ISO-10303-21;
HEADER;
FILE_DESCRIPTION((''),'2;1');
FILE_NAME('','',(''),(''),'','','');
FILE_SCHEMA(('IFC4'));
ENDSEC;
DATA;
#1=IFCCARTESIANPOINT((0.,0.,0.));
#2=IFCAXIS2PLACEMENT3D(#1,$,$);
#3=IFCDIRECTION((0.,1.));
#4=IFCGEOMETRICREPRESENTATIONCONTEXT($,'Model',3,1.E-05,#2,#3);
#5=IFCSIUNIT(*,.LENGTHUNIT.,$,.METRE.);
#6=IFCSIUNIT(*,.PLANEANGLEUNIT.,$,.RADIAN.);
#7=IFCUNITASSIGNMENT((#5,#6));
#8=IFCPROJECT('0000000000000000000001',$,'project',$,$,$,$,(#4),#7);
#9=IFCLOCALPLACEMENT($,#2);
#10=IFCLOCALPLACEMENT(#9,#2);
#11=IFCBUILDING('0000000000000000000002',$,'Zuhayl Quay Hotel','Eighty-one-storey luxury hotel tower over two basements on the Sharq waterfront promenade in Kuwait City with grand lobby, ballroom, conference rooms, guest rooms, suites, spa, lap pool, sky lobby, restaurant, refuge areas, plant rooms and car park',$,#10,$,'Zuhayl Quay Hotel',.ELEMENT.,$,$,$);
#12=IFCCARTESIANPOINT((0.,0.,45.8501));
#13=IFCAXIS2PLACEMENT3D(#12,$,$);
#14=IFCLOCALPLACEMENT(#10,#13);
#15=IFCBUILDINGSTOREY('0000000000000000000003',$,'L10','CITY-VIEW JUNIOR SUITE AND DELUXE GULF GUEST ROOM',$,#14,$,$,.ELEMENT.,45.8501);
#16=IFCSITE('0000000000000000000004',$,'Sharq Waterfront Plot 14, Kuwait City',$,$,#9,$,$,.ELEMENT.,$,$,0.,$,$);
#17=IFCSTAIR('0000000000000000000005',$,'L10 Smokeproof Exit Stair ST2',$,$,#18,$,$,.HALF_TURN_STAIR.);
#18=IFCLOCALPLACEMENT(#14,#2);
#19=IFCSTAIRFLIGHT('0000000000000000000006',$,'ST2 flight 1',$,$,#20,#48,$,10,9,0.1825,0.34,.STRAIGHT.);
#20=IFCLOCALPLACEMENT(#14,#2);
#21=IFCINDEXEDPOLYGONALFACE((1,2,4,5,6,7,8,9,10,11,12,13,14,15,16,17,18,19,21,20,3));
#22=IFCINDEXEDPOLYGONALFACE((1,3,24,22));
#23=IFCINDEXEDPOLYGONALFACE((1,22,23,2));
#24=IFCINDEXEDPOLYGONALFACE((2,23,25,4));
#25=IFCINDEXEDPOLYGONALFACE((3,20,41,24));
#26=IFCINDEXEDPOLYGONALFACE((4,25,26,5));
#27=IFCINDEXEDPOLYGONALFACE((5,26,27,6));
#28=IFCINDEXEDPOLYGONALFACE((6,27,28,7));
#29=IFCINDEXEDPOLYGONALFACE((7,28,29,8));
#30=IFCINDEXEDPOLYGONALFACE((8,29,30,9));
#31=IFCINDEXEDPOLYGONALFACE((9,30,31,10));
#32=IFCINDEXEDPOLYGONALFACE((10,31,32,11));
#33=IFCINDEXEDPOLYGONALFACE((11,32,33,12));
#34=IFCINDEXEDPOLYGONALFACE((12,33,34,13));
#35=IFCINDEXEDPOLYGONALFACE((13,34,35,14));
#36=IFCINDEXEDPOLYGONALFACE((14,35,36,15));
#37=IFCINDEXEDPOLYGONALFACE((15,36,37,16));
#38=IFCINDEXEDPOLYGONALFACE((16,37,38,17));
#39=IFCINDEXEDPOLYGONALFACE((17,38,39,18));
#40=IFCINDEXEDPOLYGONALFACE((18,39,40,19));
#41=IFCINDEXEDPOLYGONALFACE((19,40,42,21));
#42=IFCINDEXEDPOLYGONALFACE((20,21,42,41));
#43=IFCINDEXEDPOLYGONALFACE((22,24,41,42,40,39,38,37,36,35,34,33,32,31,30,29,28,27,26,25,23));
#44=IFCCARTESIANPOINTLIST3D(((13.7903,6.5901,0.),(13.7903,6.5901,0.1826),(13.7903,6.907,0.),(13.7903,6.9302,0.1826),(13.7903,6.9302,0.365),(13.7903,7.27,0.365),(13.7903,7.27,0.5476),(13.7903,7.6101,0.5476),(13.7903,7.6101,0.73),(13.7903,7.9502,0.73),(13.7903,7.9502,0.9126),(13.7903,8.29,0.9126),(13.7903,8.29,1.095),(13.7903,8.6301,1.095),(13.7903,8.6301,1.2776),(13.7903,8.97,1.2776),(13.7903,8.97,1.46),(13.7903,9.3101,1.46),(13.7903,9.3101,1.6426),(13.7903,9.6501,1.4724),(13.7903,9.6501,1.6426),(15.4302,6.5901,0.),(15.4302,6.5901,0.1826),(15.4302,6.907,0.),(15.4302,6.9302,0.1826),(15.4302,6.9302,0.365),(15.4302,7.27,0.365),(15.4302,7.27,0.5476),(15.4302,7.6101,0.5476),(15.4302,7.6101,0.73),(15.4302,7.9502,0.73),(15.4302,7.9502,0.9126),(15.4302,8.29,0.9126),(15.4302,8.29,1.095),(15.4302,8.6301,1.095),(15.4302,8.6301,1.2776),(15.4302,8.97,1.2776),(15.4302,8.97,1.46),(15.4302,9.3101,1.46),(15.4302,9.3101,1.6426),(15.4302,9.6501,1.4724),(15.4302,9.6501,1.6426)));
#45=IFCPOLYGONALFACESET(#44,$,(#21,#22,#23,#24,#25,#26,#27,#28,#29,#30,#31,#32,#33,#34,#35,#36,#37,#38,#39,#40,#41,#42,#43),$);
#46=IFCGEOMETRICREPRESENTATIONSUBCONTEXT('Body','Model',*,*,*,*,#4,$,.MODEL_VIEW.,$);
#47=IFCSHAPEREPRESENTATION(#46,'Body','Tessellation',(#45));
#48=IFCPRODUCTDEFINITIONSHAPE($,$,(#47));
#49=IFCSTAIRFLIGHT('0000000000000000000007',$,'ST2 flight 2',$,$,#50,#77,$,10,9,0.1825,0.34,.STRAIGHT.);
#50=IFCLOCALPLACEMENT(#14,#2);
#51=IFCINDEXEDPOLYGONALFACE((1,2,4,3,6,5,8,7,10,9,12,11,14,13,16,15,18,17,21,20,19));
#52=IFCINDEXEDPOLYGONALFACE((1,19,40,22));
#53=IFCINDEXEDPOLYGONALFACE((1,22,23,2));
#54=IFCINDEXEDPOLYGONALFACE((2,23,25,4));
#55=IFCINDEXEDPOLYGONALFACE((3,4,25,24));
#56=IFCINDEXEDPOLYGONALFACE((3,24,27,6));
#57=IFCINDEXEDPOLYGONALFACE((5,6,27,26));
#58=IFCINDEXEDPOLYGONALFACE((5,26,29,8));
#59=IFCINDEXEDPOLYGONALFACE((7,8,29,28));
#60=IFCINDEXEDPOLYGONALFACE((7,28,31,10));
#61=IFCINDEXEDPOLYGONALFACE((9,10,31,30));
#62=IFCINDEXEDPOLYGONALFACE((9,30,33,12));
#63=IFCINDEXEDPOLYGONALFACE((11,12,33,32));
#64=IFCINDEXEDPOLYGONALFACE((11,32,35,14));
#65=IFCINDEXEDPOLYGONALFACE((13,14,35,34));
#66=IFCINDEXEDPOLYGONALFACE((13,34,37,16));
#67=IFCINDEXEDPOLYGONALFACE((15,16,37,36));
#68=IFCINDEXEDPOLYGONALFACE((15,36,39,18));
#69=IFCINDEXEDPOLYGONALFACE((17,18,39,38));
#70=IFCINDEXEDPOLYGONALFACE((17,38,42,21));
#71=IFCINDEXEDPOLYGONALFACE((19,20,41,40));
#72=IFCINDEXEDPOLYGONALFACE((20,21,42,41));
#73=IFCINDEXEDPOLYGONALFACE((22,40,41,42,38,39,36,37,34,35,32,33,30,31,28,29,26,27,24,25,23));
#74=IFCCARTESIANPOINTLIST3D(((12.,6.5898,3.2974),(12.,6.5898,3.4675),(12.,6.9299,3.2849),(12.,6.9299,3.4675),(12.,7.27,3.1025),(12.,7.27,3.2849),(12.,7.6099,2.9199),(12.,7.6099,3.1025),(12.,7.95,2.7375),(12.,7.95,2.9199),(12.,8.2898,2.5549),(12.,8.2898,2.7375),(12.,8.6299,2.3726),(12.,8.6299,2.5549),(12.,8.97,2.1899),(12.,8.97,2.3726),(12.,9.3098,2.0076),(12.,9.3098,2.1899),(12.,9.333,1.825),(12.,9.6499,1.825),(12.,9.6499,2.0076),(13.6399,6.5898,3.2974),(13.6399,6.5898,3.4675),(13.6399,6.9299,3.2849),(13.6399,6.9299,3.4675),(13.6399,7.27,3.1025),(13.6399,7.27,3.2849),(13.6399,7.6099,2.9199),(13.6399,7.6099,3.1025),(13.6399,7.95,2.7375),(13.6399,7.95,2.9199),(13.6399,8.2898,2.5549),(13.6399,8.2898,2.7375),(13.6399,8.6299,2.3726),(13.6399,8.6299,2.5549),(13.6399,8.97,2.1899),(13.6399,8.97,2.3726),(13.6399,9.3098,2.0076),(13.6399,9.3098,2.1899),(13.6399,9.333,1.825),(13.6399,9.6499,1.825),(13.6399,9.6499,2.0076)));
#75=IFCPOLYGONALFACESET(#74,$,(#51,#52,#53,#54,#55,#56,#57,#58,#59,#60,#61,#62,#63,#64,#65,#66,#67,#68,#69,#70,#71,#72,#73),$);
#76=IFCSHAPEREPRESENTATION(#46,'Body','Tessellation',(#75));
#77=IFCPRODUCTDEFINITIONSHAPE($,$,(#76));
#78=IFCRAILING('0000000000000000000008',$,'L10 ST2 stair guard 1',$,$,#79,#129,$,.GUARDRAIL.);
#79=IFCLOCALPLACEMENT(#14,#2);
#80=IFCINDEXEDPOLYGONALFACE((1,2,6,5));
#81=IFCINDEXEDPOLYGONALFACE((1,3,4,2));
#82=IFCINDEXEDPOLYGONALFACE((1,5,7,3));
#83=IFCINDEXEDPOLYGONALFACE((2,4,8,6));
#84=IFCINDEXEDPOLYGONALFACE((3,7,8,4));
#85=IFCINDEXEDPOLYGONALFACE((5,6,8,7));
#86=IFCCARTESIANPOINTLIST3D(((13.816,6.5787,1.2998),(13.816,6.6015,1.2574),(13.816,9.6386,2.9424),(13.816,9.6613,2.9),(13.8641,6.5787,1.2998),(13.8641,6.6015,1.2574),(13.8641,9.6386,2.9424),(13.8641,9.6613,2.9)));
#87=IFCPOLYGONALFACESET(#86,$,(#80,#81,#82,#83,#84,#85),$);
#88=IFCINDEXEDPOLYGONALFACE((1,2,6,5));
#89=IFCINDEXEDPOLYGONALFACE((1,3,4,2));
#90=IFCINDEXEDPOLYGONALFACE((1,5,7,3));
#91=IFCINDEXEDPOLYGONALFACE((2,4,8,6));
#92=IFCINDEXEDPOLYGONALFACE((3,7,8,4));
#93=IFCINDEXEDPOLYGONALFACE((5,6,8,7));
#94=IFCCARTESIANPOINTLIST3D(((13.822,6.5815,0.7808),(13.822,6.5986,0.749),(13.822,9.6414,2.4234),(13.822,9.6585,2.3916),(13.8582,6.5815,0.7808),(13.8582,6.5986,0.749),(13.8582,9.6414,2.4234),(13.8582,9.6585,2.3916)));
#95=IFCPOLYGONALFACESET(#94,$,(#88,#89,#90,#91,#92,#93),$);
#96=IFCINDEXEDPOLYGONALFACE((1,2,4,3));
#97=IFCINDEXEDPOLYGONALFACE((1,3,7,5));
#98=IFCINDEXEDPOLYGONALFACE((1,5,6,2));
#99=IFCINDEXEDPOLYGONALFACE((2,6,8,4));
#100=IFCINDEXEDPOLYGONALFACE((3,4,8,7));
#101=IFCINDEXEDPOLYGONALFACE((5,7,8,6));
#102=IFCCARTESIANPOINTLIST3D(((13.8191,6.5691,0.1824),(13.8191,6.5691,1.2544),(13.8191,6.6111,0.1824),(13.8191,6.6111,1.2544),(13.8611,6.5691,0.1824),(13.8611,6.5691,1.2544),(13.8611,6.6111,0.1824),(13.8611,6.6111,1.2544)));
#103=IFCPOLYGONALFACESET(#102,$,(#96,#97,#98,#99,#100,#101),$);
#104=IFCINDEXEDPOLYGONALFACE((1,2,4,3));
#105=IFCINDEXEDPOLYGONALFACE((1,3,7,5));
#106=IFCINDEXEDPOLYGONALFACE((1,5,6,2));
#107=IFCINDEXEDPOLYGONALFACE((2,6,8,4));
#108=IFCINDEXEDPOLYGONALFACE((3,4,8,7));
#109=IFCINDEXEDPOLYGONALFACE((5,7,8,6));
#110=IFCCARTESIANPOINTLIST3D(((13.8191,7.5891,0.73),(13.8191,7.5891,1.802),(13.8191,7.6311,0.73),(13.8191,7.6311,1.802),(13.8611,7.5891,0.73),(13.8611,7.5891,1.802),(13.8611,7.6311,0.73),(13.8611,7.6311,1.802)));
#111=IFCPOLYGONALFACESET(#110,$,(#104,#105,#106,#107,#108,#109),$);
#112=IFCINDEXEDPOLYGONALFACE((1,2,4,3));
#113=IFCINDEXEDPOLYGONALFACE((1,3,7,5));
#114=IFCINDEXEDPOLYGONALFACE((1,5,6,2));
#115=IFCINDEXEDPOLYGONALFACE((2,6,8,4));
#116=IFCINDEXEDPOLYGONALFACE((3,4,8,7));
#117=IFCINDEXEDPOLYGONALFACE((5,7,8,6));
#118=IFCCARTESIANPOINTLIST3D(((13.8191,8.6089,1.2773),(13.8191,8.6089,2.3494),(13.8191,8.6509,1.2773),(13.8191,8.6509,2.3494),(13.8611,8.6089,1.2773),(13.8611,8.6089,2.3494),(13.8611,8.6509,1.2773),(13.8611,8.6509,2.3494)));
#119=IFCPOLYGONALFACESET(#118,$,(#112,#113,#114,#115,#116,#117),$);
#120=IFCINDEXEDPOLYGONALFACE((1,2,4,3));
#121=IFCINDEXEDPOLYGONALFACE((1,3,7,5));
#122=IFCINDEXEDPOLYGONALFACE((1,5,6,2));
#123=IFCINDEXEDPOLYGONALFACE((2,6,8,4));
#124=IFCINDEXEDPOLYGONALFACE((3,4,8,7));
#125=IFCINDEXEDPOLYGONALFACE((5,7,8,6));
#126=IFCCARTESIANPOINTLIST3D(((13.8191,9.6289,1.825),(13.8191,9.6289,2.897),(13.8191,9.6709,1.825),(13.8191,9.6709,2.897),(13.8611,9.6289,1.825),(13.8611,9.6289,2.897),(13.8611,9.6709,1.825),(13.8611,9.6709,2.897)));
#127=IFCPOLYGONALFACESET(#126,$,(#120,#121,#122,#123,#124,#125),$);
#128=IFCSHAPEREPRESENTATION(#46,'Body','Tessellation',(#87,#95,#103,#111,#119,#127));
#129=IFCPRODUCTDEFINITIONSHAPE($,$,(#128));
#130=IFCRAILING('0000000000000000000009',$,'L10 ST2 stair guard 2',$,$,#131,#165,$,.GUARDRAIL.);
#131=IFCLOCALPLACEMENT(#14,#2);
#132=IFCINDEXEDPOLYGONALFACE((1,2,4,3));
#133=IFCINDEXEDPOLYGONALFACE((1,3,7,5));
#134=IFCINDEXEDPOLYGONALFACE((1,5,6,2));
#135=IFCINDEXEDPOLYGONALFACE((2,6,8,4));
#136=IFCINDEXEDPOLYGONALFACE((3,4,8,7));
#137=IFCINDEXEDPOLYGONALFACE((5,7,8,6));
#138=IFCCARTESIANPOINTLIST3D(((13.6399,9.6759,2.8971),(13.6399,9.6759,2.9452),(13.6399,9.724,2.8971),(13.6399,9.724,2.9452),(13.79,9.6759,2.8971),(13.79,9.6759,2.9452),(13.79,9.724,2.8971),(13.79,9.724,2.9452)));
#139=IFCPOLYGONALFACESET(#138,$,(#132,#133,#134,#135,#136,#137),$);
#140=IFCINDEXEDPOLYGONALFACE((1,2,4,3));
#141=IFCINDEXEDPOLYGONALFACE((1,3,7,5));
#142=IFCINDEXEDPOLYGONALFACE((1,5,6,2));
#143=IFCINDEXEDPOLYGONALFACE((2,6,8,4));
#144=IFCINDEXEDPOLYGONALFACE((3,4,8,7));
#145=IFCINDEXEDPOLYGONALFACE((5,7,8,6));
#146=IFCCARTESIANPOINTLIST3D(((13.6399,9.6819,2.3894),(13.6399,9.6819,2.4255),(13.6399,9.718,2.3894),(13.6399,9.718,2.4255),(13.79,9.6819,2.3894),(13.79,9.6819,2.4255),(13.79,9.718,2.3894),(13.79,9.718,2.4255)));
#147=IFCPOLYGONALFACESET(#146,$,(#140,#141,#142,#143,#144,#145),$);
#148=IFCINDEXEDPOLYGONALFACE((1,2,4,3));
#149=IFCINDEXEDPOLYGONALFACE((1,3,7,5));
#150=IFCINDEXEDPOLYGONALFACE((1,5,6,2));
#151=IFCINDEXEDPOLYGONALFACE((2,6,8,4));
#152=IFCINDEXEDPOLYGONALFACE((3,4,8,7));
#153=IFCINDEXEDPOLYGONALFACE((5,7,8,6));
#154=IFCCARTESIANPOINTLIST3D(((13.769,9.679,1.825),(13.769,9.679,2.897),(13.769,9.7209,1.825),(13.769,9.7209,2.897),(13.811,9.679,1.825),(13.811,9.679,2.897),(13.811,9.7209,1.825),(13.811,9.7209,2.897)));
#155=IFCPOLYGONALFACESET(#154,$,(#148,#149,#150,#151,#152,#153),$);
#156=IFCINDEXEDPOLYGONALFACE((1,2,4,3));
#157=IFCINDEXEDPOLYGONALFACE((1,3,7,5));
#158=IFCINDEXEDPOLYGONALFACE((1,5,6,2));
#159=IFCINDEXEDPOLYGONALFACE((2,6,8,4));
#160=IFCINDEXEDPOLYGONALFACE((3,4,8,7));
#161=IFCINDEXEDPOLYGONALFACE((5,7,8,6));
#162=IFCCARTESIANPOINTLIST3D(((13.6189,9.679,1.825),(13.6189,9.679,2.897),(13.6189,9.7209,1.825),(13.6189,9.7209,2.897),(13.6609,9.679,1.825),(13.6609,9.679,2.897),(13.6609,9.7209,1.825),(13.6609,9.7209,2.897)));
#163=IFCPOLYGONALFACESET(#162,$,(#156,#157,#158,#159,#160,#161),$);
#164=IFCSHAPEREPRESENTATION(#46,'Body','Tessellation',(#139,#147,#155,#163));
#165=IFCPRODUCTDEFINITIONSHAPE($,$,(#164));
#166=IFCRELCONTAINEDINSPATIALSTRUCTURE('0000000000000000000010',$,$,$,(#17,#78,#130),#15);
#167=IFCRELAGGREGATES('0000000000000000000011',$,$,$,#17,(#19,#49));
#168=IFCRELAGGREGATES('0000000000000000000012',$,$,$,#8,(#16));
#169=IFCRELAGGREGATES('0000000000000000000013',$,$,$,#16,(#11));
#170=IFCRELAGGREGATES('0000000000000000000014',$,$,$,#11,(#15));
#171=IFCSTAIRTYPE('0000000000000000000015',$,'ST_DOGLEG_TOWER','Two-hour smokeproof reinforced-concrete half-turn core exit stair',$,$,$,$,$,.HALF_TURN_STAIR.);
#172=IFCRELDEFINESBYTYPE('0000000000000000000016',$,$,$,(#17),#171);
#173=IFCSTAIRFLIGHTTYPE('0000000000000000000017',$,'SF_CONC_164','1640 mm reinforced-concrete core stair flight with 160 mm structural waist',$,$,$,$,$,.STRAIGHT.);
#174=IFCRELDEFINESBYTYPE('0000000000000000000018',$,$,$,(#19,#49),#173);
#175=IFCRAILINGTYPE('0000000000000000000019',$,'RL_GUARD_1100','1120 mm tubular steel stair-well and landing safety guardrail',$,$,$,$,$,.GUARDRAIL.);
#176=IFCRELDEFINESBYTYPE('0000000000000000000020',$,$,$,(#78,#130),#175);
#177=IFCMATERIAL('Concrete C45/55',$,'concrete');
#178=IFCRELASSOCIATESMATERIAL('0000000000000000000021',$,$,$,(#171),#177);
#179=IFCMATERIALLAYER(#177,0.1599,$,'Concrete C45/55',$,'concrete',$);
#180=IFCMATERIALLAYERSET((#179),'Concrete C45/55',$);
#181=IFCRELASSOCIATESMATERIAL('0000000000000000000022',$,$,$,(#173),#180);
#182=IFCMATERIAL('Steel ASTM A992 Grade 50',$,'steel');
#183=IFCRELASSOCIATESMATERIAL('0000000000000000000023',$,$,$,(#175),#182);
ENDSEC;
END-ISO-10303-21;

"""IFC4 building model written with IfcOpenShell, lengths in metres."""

from ifc_helpers import new_model, si_unit, direction, frame, origin, origin_2d, place, context, subcontext, project, spatial, polyline, rectangle, outline, extrude, material, layer, layer_set, type_object, element, aggregate, save


model = new_model("IFC4")

# Units and contexts
model_context = context("Model", 3, precision=1e-05, world=origin(), true_north=direction((0.0, 1.0)))
body_context = subcontext(model_context, "Body", "Model", "MODEL_VIEW")
ifc_project = project(units=[si_unit("LENGTHUNIT", "METRE"), si_unit("PLANEANGLEUNIT", "RADIAN")], contexts=[model_context])

# Site, building, storey
site_placement = place(None, origin())
site = spatial("IfcSite", under=ifc_project, at=site_placement, Name="Sharq Waterfront Plot 14, Kuwait City", CompositionType="ELEMENT", RefElevation=0.0)
building_placement = place(site_placement, origin())
building = spatial("IfcBuilding", under=site, at=building_placement, Name="Zuhayl Quay Hotel", Description="Eighty-one-storey luxury hotel tower over two basements on the Sharq waterfront promenade in Kuwait City with grand lobby, ballroom, conference rooms, guest rooms, suites, spa, lap pool, sky lobby, restaurant, refuge areas, plant rooms and car park", LongName="Zuhayl Quay Hotel", CompositionType="ELEMENT")
storey_placement = place(building_placement, frame((0.0, 0.0, 45.8501)))
storey = spatial("IfcBuildingStorey", under=building, at=storey_placement, Name="L10", Description="CITY-VIEW JUNIOR SUITE AND DELUXE GULF GUEST ROOM", CompositionType="ELEMENT", Elevation=45.8501)

# Shared definitions
ifc_material_1 = material(Name="Steel ASTM A992 Grade 50", Category="steel")

# Stair, stair flights
ifc_material_2 = material(Name="Concrete C45/55", Category="concrete")
stair_type = type_object("IfcStairType", Name="ST_DOGLEG_TOWER", Description="Two-hour smokeproof reinforced-concrete half-turn core exit stair", PredefinedType="HALF_TURN_STAIR", material=ifc_material_2)
stair_placement = place(storey_placement, origin())
stair = element("IfcStair", 1, at=stair_placement, inside=storey, type_object=stair_type, Name="L10 Smokeproof Exit Stair ST2", PredefinedType="HALF_TURN_STAIR")
ifc_layer_1 = layer(ifc_material_2, 0.1599, Name="Concrete C45/55", Category="concrete")
ifc_layer_set_1 = layer_set([ifc_layer_1], Name="Concrete C45/55")
stair_flight_type = type_object("IfcStairFlightType", Name="SF_CONC_164", Description="1640 mm reinforced-concrete core stair flight with 160 mm structural waist", PredefinedType="STRAIGHT", material=ifc_layer_set_1)
stair_flight_1_placement = place(storey_placement, frame((14.6101, 6.5901, 0.0), z_axis=(0.0, 0.0, 1.0), x_axis=(0.0, 1.0, 0.0)))
stair_flight_1 = element("IfcStairFlight", 2, at=stair_flight_1_placement, type_object=stair_flight_type, Name="ST2 flight 1", NumberOfRisers=10, NumberOfTreads=9, PredefinedType="STRAIGHT", RiserHeight=0.1825, TreadLength=0.34, context=body_context, shape_type="SweptSolid", body=[
    extrude(outline(polyline([(0.0, 0.0), (0.0, 0.1826), (0.3401, 0.1826), (0.3401, 0.365), (0.6799, 0.365), (0.6799, 0.5476), (1.02, 0.5476), (1.02, 0.73), (1.3601, 0.73), (1.3601, 0.9126), (1.7, 0.9126), (1.7, 1.095), (2.04, 1.095), (2.04, 1.2776), (2.3799, 1.2776), (2.3799, 1.46), (2.72, 1.46), (2.72, 1.6426), (3.0601, 1.6426), (3.0601, 1.825), (3.0601, 1.4724), (0.3169, 0.0), (0.0, 0.0)])), frame((0.0, 0.8198, 0.0), z_axis=(0.0, -1.0, 0.0), x_axis=(1.0, 0.0, 0.0)), (0.0, 0.0, 1.0), 1.6399),
])
stair_flight_2_placement = place(storey_placement, frame((12.8201, 9.6499, 1.825), z_axis=(0.0, 0.0, 1.0), x_axis=(0.0, -1.0, 0.0)))
stair_flight_2 = element("IfcStairFlight", 3, at=stair_flight_2_placement, type_object=stair_flight_type, Name="ST2 flight 2", NumberOfRisers=10, NumberOfTreads=9, PredefinedType="STRAIGHT", RiserHeight=0.1825, TreadLength=0.34, context=body_context, shape_type="SweptSolid", body=[
    extrude(outline(polyline([(0.0, 0.0), (0.0, 0.1826), (0.3401, 0.1826), (0.3401, 0.365), (0.6799, 0.365), (0.6799, 0.5476), (1.02, 0.5476), (1.02, 0.73), (1.3601, 0.73), (1.3601, 0.9126), (1.7, 0.9126), (1.7, 1.095), (2.04, 1.095), (2.04, 1.2776), (2.3799, 1.2776), (2.3799, 1.46), (2.72, 1.46), (2.72, 1.6426), (3.0601, 1.6426), (3.0601, 1.825), (3.0601, 1.4724), (0.3169, 0.0), (0.0, 0.0)])), frame((0.0, 0.8198, 0.0), z_axis=(0.0, -1.0, 0.0), x_axis=(1.0, 0.0, 0.0)), (0.0, 0.0, 1.0), 1.6399),
])
aggregate(stair, [stair_flight_1, stair_flight_2])

# Railings
railing_type_1 = type_object("IfcRailingType", Name="RL_GUARD_1100", Description="1120 mm tubular steel stair-well and landing safety guardrail", PredefinedType="GUARDRAIL", material=ifc_material_1)
railing_1_placement = place(storey_placement, frame((13.8401, 6.5901, 0.1824)))
element("IfcRailing", 4, at=railing_1_placement, inside=storey, type_object=railing_type_1, Name="L10 ST2 stair guard 1", PredefinedType="GUARDRAIL", context=body_context, shape_type="SweptSolid", body=[
    extrude(rectangle(XDim=0.0481, YDim=0.0481, at=origin_2d()), frame((0.0, 0.0, 1.0962), z_axis=(0.0, 0.881073, 0.47298), x_axis=(-1.0, 0.0, 0.0)), (0.0, 0.0, 1.0), 3.4729),
    extrude(rectangle(XDim=0.0361, YDim=0.0361, at=origin_2d()), frame((0.0, 0.0, 0.5825), z_axis=(0.0, 0.881073, 0.47298), x_axis=(-1.0, 0.0, 0.0)), (0.0, 0.0, 1.0), 3.4729),
    extrude(rectangle(XDim=0.042, YDim=0.042, at=origin_2d()), origin(), (0.0, 0.0, 1.0), 1.072),
    extrude(rectangle(XDim=0.042, YDim=0.042, at=origin_2d()), frame((0.0, 1.02, 0.5476)), (0.0, 0.0, 1.0), 1.072),
    extrude(rectangle(XDim=0.042, YDim=0.042, at=origin_2d()), frame((0.0, 2.0398, 1.095)), (0.0, 0.0, 1.0), 1.072),
    extrude(rectangle(XDim=0.042, YDim=0.042, at=origin_2d()), frame((0.0, 3.0598, 1.6426)), (0.0, 0.0, 1.0), 1.072),
])
railing_2_placement = place(storey_placement, frame((13.79, 9.7, 1.825)))
element("IfcRailing", 5, at=railing_2_placement, inside=storey, type_object=railing_type_1, Name="L10 ST2 stair guard 2", PredefinedType="GUARDRAIL", context=body_context, shape_type="SweptSolid", body=[
    extrude(rectangle(XDim=0.0481, YDim=0.0481, at=origin_2d()), frame((0.0, 0.0, 1.0962), z_axis=(-1.0, 0.0, 0.0), x_axis=(0.0, -1.0, 0.0)), (0.0, 0.0, 1.0), 0.1501),
    extrude(rectangle(XDim=0.0361, YDim=0.0361, at=origin_2d()), frame((0.0, 0.0, 0.5825), z_axis=(-1.0, 0.0, 0.0), x_axis=(0.0, -1.0, 0.0)), (0.0, 0.0, 1.0), 0.1501),
    extrude(rectangle(XDim=0.042, YDim=0.042, at=origin_2d()), origin(), (0.0, 0.0, 1.0), 1.072),
    extrude(rectangle(XDim=0.042, YDim=0.042, at=origin_2d()), frame((-0.1501, 0.0, 0.0)), (0.0, 0.0, 1.0), 1.072),
])

save(model, "model.ifc")
